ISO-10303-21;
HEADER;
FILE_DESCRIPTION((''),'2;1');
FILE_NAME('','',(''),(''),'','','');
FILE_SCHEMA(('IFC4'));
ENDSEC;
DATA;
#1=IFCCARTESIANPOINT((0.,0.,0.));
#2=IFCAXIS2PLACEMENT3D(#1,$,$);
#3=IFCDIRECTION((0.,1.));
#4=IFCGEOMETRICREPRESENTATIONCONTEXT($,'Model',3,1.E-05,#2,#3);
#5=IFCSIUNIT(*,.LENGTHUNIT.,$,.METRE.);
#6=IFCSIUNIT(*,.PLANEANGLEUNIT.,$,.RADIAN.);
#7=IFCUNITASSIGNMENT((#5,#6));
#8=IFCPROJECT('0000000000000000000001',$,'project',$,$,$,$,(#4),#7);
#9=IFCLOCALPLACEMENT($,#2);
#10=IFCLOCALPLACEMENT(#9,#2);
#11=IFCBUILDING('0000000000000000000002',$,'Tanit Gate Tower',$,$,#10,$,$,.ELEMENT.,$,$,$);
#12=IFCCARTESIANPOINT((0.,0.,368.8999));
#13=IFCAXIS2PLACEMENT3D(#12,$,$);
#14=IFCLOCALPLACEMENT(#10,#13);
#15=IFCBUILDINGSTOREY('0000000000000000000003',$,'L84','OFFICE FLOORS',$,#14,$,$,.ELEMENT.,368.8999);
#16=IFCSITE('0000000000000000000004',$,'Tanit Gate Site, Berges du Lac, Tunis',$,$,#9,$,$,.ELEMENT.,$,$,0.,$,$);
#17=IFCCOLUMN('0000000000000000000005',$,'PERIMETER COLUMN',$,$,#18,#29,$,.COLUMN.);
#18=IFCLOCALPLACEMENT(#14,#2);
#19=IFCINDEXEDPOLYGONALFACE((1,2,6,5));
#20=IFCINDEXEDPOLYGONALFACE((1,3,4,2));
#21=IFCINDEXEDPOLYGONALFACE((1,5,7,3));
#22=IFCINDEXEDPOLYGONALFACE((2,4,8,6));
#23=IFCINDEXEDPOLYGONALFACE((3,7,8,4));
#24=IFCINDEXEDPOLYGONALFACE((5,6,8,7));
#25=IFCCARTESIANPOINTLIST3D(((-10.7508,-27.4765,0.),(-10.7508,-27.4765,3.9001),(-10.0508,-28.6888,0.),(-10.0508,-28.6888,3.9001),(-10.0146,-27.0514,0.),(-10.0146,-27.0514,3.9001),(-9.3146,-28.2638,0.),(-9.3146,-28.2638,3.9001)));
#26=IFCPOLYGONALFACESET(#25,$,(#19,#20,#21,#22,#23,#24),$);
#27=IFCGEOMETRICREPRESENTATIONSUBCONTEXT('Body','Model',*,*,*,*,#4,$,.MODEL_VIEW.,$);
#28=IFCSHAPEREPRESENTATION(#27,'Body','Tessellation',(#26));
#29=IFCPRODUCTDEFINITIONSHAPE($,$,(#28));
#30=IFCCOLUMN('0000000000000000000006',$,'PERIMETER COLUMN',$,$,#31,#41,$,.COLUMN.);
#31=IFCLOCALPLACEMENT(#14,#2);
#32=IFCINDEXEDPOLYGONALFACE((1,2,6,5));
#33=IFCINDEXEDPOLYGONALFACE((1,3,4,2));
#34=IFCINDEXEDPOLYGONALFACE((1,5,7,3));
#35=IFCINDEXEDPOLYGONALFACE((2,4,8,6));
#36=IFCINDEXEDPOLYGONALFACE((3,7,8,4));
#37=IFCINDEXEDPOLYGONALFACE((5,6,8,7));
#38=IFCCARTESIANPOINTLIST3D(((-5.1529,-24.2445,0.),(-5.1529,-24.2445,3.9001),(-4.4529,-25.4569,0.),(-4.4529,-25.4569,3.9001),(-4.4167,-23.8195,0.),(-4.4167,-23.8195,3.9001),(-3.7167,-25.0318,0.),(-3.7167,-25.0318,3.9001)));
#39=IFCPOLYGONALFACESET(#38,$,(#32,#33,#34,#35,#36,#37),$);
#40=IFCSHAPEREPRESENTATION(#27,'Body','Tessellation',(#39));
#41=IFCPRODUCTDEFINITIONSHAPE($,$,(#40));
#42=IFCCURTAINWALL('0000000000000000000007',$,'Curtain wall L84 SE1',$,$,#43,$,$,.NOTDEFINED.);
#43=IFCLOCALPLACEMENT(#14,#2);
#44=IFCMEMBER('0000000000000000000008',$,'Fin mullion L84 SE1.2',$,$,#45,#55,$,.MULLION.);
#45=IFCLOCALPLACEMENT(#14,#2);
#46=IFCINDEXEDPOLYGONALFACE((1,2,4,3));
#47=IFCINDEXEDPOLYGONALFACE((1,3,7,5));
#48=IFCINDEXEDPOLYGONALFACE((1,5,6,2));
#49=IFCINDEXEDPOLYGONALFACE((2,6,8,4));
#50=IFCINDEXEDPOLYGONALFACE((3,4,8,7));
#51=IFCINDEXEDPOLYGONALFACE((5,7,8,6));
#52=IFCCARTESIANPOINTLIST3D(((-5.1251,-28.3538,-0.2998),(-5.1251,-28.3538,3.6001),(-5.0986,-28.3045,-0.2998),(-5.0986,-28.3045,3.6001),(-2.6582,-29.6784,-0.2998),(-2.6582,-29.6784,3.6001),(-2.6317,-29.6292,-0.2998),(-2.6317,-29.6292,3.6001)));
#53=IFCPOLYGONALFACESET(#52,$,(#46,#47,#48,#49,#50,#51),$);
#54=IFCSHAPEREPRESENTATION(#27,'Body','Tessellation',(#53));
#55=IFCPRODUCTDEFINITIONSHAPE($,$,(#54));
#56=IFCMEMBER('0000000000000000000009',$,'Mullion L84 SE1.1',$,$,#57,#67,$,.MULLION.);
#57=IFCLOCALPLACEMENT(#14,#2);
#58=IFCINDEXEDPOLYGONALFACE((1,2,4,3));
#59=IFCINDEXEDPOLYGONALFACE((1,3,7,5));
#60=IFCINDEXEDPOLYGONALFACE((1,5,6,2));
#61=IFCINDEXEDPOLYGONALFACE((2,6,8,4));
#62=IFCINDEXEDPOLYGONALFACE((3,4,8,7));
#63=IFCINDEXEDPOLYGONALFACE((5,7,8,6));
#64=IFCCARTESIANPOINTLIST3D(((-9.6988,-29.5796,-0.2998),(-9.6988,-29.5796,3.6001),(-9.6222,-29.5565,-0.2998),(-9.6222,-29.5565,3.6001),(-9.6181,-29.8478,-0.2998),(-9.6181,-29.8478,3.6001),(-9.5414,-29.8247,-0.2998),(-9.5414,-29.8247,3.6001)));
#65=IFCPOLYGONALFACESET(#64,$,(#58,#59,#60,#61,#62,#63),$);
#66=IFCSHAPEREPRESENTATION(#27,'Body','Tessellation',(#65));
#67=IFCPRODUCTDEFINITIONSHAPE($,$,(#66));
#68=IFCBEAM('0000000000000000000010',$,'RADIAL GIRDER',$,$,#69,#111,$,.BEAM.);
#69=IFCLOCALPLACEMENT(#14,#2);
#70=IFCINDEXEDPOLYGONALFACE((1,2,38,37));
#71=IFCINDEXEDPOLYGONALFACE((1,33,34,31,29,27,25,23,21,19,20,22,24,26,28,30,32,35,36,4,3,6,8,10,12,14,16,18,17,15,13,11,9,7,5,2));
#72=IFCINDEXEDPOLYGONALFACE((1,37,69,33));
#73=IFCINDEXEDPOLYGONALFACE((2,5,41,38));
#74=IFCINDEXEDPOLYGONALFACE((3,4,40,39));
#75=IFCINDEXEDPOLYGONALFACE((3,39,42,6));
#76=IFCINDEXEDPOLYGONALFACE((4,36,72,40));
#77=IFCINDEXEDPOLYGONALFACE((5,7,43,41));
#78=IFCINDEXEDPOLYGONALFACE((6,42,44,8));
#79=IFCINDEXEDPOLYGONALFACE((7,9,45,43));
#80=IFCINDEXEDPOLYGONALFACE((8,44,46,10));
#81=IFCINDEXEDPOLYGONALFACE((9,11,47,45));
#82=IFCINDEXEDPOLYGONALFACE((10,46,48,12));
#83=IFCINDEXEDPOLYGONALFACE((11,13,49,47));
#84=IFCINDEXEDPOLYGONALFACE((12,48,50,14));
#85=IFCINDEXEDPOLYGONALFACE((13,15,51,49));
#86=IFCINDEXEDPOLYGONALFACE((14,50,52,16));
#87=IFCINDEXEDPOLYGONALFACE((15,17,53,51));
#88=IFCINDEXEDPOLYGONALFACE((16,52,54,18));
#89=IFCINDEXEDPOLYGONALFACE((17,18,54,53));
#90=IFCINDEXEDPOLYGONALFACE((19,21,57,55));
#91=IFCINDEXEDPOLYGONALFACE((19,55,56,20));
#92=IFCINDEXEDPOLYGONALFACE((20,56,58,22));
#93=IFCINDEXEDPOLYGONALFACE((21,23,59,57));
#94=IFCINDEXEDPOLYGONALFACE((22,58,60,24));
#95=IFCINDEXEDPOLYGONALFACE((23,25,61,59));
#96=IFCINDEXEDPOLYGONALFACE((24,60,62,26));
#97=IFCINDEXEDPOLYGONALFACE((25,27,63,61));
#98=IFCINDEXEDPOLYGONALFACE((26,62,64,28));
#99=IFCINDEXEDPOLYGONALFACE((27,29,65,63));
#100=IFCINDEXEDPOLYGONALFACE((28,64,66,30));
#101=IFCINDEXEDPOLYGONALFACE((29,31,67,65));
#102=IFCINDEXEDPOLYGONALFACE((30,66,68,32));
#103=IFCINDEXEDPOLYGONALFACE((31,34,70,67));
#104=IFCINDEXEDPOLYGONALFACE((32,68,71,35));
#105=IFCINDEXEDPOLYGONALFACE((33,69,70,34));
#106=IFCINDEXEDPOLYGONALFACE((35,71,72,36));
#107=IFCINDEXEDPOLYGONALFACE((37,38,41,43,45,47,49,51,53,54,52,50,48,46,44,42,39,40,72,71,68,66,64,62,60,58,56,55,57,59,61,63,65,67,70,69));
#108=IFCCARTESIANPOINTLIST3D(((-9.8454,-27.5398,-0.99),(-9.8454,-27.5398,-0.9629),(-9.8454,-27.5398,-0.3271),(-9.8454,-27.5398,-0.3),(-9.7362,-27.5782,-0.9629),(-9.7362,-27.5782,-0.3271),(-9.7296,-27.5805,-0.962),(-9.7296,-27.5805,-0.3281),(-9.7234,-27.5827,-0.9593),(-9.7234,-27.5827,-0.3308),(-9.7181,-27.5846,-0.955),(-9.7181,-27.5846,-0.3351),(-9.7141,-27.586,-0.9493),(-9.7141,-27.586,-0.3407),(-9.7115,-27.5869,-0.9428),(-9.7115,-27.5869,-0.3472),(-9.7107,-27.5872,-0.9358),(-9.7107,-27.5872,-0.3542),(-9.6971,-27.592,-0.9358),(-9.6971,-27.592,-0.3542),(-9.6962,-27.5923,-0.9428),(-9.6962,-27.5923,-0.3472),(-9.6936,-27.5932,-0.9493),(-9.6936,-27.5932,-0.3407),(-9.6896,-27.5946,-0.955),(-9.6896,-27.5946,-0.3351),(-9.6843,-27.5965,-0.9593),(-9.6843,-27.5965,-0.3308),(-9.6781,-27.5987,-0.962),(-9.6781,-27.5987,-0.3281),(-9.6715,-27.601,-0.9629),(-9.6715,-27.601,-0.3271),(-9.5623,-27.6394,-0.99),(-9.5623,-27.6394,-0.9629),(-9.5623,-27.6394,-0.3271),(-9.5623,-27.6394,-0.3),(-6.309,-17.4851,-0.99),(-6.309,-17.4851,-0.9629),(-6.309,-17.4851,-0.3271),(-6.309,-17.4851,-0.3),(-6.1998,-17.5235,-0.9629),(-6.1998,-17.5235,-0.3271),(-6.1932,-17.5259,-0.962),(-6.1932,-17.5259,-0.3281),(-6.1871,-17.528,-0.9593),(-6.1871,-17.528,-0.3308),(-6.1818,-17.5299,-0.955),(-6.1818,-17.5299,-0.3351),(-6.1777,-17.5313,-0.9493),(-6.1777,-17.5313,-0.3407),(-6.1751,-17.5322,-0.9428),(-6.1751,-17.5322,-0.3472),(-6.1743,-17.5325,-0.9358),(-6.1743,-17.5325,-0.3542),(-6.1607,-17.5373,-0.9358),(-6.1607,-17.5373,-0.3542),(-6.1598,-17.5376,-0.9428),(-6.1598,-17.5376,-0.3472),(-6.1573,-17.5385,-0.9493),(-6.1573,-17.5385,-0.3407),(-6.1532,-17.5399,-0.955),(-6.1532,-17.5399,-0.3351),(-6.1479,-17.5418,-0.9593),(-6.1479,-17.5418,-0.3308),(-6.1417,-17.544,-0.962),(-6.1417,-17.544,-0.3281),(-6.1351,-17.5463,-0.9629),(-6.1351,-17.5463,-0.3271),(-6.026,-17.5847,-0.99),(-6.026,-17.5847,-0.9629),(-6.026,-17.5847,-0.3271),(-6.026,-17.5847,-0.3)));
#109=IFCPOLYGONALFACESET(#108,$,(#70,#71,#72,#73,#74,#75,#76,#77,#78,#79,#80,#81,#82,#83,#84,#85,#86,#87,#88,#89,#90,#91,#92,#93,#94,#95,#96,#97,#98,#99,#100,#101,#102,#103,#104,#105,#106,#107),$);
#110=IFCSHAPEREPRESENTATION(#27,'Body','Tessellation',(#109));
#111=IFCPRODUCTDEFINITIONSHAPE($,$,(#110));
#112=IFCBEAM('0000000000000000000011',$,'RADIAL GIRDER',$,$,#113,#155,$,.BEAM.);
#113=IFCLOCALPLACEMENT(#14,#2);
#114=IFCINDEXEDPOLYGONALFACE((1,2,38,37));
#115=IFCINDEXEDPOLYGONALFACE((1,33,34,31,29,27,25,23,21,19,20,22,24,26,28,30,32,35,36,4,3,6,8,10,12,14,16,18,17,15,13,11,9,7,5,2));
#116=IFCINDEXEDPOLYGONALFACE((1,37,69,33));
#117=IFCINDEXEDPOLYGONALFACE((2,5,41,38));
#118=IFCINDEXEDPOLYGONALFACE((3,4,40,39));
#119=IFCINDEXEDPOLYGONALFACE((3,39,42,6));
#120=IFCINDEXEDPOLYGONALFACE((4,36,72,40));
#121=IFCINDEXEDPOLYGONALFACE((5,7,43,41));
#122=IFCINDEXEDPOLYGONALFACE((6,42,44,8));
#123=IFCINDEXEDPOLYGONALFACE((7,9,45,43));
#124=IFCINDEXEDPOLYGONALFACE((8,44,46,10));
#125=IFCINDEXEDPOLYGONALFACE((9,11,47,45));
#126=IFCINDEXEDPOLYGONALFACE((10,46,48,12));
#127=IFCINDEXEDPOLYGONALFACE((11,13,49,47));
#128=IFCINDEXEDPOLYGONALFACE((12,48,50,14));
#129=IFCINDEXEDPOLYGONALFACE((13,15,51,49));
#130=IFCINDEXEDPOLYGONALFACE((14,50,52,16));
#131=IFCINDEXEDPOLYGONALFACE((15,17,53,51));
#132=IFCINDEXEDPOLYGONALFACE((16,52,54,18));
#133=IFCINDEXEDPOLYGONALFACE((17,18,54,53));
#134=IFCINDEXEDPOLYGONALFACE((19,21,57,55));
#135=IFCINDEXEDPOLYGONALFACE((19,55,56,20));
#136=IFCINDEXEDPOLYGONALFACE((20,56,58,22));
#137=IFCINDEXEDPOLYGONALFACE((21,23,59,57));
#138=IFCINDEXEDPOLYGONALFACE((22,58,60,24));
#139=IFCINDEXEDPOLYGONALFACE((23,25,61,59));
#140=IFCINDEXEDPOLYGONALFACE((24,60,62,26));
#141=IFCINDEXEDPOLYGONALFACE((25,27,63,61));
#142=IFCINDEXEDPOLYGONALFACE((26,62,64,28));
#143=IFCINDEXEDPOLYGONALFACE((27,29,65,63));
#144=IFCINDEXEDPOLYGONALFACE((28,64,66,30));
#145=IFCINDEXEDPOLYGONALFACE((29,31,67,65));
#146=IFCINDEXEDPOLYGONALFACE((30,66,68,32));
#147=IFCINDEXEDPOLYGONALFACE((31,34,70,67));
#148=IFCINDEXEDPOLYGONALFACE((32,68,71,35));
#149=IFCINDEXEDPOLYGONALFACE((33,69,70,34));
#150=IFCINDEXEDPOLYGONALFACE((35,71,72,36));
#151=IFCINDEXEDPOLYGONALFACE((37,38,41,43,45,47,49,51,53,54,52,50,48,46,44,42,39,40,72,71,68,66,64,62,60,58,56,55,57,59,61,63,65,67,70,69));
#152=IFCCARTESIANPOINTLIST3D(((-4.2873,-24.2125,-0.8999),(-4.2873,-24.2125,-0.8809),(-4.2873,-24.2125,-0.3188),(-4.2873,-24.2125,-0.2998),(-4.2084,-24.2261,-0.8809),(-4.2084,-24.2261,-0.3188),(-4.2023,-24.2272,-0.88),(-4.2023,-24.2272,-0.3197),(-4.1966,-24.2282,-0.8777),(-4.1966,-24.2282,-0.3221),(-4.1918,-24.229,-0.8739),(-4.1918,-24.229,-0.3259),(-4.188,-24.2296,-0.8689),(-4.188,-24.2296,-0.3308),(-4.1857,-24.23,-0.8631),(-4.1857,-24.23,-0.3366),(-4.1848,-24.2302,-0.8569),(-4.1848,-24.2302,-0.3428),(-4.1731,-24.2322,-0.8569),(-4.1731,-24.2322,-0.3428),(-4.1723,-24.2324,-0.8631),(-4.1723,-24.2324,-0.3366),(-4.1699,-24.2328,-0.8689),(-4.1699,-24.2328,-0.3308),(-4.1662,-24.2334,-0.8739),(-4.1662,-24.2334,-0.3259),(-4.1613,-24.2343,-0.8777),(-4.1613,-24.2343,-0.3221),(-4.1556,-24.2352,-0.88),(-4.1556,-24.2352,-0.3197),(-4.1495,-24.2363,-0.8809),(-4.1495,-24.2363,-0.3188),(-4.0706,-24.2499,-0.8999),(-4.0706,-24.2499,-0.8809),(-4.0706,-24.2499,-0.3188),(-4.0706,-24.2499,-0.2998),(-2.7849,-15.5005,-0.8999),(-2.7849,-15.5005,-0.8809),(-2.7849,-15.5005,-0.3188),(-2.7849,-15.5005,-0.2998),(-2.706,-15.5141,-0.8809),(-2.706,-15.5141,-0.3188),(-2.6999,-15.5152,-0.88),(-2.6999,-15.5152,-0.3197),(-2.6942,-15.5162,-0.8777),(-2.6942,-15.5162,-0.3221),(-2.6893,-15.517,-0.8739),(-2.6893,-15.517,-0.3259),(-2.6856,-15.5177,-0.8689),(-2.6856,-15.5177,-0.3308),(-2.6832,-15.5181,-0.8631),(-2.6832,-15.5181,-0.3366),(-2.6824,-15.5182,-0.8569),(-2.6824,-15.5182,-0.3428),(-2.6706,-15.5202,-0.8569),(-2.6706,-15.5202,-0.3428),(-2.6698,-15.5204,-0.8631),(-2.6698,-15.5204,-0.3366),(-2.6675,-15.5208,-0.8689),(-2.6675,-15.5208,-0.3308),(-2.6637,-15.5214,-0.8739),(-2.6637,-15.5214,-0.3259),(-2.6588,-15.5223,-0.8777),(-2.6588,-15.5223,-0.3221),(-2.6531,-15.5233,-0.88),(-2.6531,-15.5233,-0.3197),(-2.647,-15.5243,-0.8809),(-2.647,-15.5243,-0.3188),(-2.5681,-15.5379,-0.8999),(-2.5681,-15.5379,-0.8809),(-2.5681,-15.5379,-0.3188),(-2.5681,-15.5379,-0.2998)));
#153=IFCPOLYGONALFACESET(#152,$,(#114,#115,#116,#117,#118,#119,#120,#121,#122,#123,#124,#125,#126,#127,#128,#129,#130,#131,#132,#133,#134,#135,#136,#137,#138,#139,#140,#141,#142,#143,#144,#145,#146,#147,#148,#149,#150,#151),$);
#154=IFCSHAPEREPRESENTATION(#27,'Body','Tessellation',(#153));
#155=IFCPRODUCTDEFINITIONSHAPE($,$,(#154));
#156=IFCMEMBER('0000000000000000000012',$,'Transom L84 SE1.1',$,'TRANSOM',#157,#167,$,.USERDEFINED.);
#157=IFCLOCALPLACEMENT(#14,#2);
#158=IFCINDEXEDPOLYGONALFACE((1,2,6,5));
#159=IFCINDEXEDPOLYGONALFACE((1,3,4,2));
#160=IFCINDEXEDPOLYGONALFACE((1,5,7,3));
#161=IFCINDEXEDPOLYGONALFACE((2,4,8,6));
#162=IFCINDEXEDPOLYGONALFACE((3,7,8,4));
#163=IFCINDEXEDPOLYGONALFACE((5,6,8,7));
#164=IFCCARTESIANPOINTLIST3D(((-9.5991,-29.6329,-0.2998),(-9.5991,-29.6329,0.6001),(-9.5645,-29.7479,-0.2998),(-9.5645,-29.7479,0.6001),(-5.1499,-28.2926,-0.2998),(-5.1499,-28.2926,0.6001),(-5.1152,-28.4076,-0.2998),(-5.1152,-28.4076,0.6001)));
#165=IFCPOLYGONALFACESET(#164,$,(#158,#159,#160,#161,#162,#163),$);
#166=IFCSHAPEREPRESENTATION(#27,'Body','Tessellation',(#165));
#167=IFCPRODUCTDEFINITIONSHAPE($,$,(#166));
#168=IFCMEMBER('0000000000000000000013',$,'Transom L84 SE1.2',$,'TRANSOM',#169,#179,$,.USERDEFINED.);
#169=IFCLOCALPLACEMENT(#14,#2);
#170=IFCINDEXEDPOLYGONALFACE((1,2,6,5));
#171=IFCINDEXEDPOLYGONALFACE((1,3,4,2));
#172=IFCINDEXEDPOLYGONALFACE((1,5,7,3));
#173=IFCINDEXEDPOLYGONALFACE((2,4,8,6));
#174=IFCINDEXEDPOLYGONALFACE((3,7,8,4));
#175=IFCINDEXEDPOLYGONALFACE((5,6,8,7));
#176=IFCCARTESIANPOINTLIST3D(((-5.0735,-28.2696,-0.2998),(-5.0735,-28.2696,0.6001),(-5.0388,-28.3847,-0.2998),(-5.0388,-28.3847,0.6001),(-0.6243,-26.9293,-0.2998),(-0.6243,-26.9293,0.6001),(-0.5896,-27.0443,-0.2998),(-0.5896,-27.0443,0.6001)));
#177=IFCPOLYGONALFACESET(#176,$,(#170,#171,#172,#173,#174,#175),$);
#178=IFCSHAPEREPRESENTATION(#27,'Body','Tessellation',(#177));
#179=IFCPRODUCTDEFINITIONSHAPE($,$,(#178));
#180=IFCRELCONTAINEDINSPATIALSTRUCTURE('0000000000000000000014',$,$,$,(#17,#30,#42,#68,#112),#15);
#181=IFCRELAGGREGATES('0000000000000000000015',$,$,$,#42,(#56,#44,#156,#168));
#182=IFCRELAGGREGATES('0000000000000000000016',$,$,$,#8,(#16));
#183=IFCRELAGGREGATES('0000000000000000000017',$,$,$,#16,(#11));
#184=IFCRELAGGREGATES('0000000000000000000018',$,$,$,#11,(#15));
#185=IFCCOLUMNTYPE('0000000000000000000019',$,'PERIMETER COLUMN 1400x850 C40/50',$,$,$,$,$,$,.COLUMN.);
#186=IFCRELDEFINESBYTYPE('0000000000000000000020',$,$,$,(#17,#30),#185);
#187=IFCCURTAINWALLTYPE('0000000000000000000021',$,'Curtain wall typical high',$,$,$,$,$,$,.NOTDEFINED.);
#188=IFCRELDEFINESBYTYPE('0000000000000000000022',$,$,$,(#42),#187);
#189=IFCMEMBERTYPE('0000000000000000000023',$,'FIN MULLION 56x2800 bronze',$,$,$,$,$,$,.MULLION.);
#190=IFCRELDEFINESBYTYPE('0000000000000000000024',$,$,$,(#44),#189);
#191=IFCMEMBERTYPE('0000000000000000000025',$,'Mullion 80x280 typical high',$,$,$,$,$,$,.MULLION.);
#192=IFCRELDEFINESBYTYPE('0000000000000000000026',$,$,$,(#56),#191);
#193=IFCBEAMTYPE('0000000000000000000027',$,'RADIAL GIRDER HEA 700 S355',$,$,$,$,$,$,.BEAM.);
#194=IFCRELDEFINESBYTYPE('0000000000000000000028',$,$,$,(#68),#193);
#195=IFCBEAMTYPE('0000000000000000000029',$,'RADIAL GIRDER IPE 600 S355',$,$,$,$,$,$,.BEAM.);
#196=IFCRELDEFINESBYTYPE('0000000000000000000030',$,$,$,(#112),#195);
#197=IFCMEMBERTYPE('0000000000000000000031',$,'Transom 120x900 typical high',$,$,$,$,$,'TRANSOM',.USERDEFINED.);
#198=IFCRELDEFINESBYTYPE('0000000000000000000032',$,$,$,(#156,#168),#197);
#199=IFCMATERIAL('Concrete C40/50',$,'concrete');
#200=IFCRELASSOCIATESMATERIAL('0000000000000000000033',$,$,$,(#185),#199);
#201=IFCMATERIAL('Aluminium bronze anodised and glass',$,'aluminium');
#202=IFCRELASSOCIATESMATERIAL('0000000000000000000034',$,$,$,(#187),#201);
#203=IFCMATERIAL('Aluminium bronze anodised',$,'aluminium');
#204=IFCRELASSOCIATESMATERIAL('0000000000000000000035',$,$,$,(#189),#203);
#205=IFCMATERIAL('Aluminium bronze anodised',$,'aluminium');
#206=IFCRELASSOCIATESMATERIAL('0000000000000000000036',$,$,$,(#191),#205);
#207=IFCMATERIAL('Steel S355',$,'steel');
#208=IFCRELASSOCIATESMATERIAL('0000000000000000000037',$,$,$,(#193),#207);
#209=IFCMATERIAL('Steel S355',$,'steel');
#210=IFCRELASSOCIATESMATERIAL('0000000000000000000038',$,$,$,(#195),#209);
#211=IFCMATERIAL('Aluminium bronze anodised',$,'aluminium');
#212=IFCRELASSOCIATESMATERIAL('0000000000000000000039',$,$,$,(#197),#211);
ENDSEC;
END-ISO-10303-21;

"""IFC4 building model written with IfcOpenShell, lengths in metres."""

from ifc_helpers import new_model, si_unit, direction, frame, origin, origin_2d, place, context, subcontext, project, spatial, rectangle, i_section, extrude, material, material_profile, profile_set, type_object, element, aggregate, save


model = new_model("IFC4")

# Units and contexts
model_context = context("Model", 3, precision=1e-05, world=origin(), true_north=direction((0.0, 1.0)))
body_context = subcontext(model_context, "Body", "Model", "MODEL_VIEW")
ifc_project = project(units=[si_unit("LENGTHUNIT", "METRE"), si_unit("PLANEANGLEUNIT", "RADIAN")], contexts=[model_context])

# Site, building, storey
site_placement = place(None, origin())
site = spatial("IfcSite", under=ifc_project, at=site_placement, Name="Tanit Gate Site, Berges du Lac, Tunis", CompositionType="ELEMENT", RefElevation=0.0)
building_placement = place(site_placement, origin())
building = spatial("IfcBuilding", under=site, at=building_placement, Name="Tanit Gate Tower", CompositionType="ELEMENT")
storey_placement = place(building_placement, frame((0.0, 0.0, 368.8999)))
storey = spatial("IfcBuildingStorey", under=building, at=storey_placement, Name="L84", Description="OFFICE FLOORS", CompositionType="ELEMENT", Elevation=368.8999)

# Columns
ifc_material_1 = material(Name="Concrete C40/50", Category="concrete")
ifc_material_profile_1 = material_profile(ifc_material_1, rectangle(XDim=1.3999, YDim=0.8501, at=origin_2d()), Name="RC 1400x850")
ifc_profile_set_1 = profile_set([ifc_material_profile_1], Name="Concrete C40/50")
column_type = type_object("IfcColumnType", Name="PERIMETER COLUMN 1400x850 C40/50", PredefinedType="COLUMN", material=ifc_profile_set_1)
for number, where, z_axis, x_axis, name in (
    (1, (-10.0327, -27.8701, 0.0), (0.0, 0.0, 1.0), (0.5, -0.866025, 0.0), "PERIMETER COLUMN"),
    (2, (-4.4348, -24.6382, 0.0), (0.0, 0.0, 1.0), (0.5, -0.866025, 0.0), "PERIMETER COLUMN"),
):
    element("IfcColumn", number, at=place(storey_placement, frame(where, z_axis=z_axis, x_axis=x_axis)), inside=storey, type_object=column_type, Name=name, PredefinedType="COLUMN", context=body_context, shape_type="SweptSolid", body=[
        extrude(rectangle(XDim=1.3999, YDim=0.8501, at=origin_2d()), origin(), (0.0, 0.0, 1.0), 3.9001),
    ])

# Curtain wall, members
ifc_material_2 = material(Name="Aluminium bronze anodised and glass", Category="aluminium")
curtain_wall_type = type_object("IfcCurtainWallType", Name="Curtain wall typical high", PredefinedType="NOTDEFINED", material=ifc_material_2)
curtain_wall_placement = place(storey_placement, origin())
curtain_wall = element("IfcCurtainWall", 3, at=curtain_wall_placement, inside=storey, type_object=curtain_wall_type, Name="Curtain wall L84 SE1", PredefinedType="NOTDEFINED")
ifc_material_3 = material(Name="Aluminium bronze anodised", Category="aluminium")
ifc_material_profile_2 = material_profile(ifc_material_3, rectangle(XDim=2.8, YDim=0.0559, at=origin_2d()), Name="56x2800 bronze fin mullion")
ifc_profile_set_2 = profile_set([ifc_material_profile_2], Name="Aluminium bronze anodised")
member_type_1 = type_object("IfcMemberType", Name="FIN MULLION 56x2800 bronze", PredefinedType="MULLION", material=ifc_profile_set_2)
member_1_placement = place(storey_placement, frame((-3.8784, -28.9915, -0.2998), z_axis=(0.0, 0.0, 1.0), x_axis=(-0.881019, 0.47308, 0.0)))
member_1 = element("IfcMember", 4, at=member_1_placement, type_object=member_type_1, Name="Fin mullion L84 SE1.2", PredefinedType="MULLION", context=body_context, shape_type="SweptSolid", body=[
    extrude(rectangle(XDim=2.8, YDim=0.0559, at=origin_2d()), origin(), (0.0, 0.0, 1.0), 3.8999),
])
ifc_material_4 = material(Name="Aluminium bronze anodised", Category="aluminium")
ifc_material_profile_3 = material_profile(ifc_material_4, rectangle(XDim=0.28, YDim=0.0801, at=origin_2d()), Name="80x280 bronze mullion")
ifc_profile_set_3 = profile_set([ifc_material_profile_3], Name="Aluminium bronze anodised")
member_type_2 = type_object("IfcMemberType", Name="Mullion 80x280 typical high", PredefinedType="MULLION", material=ifc_profile_set_3)
member_2_placement = place(storey_placement, frame((-9.6201, -29.7021, -0.2998), z_axis=(0.0, 0.0, 1.0), x_axis=(-0.288456, 0.957493, 0.0)))
member_2 = element("IfcMember", 5, at=member_2_placement, type_object=member_type_2, Name="Mullion L84 SE1.1", PredefinedType="MULLION", context=body_context, shape_type="SweptSolid", body=[
    extrude(rectangle(XDim=0.28, YDim=0.0801, at=origin_2d()), origin(), (0.0, 0.0, 1.0), 3.8999),
])

# Beams
ifc_material_5 = material(Name="Steel S355", Category="steel")
ifc_material_profile_4 = material_profile(ifc_material_5, i_section(OverallWidth=0.3, OverallDepth=0.6899, WebThickness=0.0144, FlangeThickness=0.0271, FilletRadius=0.0271, at=origin_2d()), Name="HEA 700")
ifc_profile_set_4 = profile_set([ifc_material_profile_4], Name="Steel S355")
beam_type_1 = type_object("IfcBeamType", Name="RADIAL GIRDER HEA 700 S355", PredefinedType="BEAM", material=ifc_profile_set_4)
beam_1_placement = place(storey_placement, frame((-9.7039, -27.5896, -0.645), z_axis=(0.331791, 0.943353, 0.0), x_axis=(-0.943353, 0.331791, 0.0)))
element("IfcBeam", 6, at=beam_1_placement, inside=storey, type_object=beam_type_1, Name="RADIAL GIRDER", PredefinedType="BEAM", context=body_context, shape_type="SweptSolid", body=[
    extrude(i_section(OverallWidth=0.3, OverallDepth=0.6899, WebThickness=0.0144, FlangeThickness=0.0271, FilletRadius=0.0271, at=origin_2d()), origin(), (0.0, 0.0, 1.0), 10.6584),
])
ifc_material_6 = material(Name="Steel S355", Category="steel")
ifc_material_profile_5 = material_profile(ifc_material_6, i_section(OverallWidth=0.22, OverallDepth=0.6001, WebThickness=0.012, FlangeThickness=0.019, FilletRadius=0.0239, at=origin_2d()), Name="IPE 600")
ifc_profile_set_5 = profile_set([ifc_material_profile_5], Name="Steel S355")
beam_type_2 = type_object("IfcBeamType", Name="RADIAL GIRDER IPE 600 S355", PredefinedType="BEAM", material=ifc_profile_set_5)
beam_2_placement = place(storey_placement, frame((-4.179, -24.2312, -0.5999), z_axis=(0.169949, 0.985453, 0.0), x_axis=(-0.985453, 0.169949, 0.0)))
element("IfcBeam", 7, at=beam_2_placement, inside=storey, type_object=beam_type_2, Name="RADIAL GIRDER", PredefinedType="BEAM", context=body_context, shape_type="SweptSolid", body=[
    extrude(i_section(OverallWidth=0.22, OverallDepth=0.6001, WebThickness=0.012, FlangeThickness=0.019, FilletRadius=0.0239, at=origin_2d()), origin(), (0.0, 0.0, 1.0), 8.8406),
])

# Members
ifc_material_7 = material(Name="Aluminium bronze anodised", Category="aluminium")
ifc_material_profile_6 = material_profile(ifc_material_7, rectangle(XDim=0.1201, YDim=0.8999, at=origin_2d()), Name="120x900 bronze transom")
ifc_profile_set_6 = profile_set([ifc_material_profile_6], Name="Aluminium bronze anodised")
member_type_3 = type_object("IfcMemberType", Name="Transom 120x900 typical high", ElementType="TRANSOM", PredefinedType="USERDEFINED", material=ifc_profile_set_6)
member_3_placement = place(storey_placement, frame((-9.5818, -29.6904, 0.1501), z_axis=(0.957496, 0.288447, 0.0), x_axis=(-0.288447, 0.957496, 0.0)))
member_3 = element("IfcMember", 8, at=member_3_placement, type_object=member_type_3, Name="Transom L84 SE1.1", ObjectType="TRANSOM", PredefinedType="USERDEFINED", context=body_context, shape_type="SweptSolid", body=[
    extrude(rectangle(XDim=0.1201, YDim=0.8999, at=origin_2d()), origin(), (0.0, 0.0, 1.0), 4.6467),
])
member_4_placement = place(storey_placement, frame((-5.0562, -28.3271, 0.1501), z_axis=(0.957496, 0.288447, 0.0), x_axis=(-0.288447, 0.957496, 0.0)))
member_4 = element("IfcMember", 9, at=member_4_placement, type_object=member_type_3, Name="Transom L84 SE1.2", ObjectType="TRANSOM", PredefinedType="USERDEFINED", context=body_context, shape_type="SweptSolid", body=[
    extrude(rectangle(XDim=0.1201, YDim=0.8999, at=origin_2d()), origin(), (0.0, 0.0, 1.0), 4.6467),
])

aggregate(curtain_wall, [member_2, member_1, member_3, member_4])

save(model, "model.ifc")
